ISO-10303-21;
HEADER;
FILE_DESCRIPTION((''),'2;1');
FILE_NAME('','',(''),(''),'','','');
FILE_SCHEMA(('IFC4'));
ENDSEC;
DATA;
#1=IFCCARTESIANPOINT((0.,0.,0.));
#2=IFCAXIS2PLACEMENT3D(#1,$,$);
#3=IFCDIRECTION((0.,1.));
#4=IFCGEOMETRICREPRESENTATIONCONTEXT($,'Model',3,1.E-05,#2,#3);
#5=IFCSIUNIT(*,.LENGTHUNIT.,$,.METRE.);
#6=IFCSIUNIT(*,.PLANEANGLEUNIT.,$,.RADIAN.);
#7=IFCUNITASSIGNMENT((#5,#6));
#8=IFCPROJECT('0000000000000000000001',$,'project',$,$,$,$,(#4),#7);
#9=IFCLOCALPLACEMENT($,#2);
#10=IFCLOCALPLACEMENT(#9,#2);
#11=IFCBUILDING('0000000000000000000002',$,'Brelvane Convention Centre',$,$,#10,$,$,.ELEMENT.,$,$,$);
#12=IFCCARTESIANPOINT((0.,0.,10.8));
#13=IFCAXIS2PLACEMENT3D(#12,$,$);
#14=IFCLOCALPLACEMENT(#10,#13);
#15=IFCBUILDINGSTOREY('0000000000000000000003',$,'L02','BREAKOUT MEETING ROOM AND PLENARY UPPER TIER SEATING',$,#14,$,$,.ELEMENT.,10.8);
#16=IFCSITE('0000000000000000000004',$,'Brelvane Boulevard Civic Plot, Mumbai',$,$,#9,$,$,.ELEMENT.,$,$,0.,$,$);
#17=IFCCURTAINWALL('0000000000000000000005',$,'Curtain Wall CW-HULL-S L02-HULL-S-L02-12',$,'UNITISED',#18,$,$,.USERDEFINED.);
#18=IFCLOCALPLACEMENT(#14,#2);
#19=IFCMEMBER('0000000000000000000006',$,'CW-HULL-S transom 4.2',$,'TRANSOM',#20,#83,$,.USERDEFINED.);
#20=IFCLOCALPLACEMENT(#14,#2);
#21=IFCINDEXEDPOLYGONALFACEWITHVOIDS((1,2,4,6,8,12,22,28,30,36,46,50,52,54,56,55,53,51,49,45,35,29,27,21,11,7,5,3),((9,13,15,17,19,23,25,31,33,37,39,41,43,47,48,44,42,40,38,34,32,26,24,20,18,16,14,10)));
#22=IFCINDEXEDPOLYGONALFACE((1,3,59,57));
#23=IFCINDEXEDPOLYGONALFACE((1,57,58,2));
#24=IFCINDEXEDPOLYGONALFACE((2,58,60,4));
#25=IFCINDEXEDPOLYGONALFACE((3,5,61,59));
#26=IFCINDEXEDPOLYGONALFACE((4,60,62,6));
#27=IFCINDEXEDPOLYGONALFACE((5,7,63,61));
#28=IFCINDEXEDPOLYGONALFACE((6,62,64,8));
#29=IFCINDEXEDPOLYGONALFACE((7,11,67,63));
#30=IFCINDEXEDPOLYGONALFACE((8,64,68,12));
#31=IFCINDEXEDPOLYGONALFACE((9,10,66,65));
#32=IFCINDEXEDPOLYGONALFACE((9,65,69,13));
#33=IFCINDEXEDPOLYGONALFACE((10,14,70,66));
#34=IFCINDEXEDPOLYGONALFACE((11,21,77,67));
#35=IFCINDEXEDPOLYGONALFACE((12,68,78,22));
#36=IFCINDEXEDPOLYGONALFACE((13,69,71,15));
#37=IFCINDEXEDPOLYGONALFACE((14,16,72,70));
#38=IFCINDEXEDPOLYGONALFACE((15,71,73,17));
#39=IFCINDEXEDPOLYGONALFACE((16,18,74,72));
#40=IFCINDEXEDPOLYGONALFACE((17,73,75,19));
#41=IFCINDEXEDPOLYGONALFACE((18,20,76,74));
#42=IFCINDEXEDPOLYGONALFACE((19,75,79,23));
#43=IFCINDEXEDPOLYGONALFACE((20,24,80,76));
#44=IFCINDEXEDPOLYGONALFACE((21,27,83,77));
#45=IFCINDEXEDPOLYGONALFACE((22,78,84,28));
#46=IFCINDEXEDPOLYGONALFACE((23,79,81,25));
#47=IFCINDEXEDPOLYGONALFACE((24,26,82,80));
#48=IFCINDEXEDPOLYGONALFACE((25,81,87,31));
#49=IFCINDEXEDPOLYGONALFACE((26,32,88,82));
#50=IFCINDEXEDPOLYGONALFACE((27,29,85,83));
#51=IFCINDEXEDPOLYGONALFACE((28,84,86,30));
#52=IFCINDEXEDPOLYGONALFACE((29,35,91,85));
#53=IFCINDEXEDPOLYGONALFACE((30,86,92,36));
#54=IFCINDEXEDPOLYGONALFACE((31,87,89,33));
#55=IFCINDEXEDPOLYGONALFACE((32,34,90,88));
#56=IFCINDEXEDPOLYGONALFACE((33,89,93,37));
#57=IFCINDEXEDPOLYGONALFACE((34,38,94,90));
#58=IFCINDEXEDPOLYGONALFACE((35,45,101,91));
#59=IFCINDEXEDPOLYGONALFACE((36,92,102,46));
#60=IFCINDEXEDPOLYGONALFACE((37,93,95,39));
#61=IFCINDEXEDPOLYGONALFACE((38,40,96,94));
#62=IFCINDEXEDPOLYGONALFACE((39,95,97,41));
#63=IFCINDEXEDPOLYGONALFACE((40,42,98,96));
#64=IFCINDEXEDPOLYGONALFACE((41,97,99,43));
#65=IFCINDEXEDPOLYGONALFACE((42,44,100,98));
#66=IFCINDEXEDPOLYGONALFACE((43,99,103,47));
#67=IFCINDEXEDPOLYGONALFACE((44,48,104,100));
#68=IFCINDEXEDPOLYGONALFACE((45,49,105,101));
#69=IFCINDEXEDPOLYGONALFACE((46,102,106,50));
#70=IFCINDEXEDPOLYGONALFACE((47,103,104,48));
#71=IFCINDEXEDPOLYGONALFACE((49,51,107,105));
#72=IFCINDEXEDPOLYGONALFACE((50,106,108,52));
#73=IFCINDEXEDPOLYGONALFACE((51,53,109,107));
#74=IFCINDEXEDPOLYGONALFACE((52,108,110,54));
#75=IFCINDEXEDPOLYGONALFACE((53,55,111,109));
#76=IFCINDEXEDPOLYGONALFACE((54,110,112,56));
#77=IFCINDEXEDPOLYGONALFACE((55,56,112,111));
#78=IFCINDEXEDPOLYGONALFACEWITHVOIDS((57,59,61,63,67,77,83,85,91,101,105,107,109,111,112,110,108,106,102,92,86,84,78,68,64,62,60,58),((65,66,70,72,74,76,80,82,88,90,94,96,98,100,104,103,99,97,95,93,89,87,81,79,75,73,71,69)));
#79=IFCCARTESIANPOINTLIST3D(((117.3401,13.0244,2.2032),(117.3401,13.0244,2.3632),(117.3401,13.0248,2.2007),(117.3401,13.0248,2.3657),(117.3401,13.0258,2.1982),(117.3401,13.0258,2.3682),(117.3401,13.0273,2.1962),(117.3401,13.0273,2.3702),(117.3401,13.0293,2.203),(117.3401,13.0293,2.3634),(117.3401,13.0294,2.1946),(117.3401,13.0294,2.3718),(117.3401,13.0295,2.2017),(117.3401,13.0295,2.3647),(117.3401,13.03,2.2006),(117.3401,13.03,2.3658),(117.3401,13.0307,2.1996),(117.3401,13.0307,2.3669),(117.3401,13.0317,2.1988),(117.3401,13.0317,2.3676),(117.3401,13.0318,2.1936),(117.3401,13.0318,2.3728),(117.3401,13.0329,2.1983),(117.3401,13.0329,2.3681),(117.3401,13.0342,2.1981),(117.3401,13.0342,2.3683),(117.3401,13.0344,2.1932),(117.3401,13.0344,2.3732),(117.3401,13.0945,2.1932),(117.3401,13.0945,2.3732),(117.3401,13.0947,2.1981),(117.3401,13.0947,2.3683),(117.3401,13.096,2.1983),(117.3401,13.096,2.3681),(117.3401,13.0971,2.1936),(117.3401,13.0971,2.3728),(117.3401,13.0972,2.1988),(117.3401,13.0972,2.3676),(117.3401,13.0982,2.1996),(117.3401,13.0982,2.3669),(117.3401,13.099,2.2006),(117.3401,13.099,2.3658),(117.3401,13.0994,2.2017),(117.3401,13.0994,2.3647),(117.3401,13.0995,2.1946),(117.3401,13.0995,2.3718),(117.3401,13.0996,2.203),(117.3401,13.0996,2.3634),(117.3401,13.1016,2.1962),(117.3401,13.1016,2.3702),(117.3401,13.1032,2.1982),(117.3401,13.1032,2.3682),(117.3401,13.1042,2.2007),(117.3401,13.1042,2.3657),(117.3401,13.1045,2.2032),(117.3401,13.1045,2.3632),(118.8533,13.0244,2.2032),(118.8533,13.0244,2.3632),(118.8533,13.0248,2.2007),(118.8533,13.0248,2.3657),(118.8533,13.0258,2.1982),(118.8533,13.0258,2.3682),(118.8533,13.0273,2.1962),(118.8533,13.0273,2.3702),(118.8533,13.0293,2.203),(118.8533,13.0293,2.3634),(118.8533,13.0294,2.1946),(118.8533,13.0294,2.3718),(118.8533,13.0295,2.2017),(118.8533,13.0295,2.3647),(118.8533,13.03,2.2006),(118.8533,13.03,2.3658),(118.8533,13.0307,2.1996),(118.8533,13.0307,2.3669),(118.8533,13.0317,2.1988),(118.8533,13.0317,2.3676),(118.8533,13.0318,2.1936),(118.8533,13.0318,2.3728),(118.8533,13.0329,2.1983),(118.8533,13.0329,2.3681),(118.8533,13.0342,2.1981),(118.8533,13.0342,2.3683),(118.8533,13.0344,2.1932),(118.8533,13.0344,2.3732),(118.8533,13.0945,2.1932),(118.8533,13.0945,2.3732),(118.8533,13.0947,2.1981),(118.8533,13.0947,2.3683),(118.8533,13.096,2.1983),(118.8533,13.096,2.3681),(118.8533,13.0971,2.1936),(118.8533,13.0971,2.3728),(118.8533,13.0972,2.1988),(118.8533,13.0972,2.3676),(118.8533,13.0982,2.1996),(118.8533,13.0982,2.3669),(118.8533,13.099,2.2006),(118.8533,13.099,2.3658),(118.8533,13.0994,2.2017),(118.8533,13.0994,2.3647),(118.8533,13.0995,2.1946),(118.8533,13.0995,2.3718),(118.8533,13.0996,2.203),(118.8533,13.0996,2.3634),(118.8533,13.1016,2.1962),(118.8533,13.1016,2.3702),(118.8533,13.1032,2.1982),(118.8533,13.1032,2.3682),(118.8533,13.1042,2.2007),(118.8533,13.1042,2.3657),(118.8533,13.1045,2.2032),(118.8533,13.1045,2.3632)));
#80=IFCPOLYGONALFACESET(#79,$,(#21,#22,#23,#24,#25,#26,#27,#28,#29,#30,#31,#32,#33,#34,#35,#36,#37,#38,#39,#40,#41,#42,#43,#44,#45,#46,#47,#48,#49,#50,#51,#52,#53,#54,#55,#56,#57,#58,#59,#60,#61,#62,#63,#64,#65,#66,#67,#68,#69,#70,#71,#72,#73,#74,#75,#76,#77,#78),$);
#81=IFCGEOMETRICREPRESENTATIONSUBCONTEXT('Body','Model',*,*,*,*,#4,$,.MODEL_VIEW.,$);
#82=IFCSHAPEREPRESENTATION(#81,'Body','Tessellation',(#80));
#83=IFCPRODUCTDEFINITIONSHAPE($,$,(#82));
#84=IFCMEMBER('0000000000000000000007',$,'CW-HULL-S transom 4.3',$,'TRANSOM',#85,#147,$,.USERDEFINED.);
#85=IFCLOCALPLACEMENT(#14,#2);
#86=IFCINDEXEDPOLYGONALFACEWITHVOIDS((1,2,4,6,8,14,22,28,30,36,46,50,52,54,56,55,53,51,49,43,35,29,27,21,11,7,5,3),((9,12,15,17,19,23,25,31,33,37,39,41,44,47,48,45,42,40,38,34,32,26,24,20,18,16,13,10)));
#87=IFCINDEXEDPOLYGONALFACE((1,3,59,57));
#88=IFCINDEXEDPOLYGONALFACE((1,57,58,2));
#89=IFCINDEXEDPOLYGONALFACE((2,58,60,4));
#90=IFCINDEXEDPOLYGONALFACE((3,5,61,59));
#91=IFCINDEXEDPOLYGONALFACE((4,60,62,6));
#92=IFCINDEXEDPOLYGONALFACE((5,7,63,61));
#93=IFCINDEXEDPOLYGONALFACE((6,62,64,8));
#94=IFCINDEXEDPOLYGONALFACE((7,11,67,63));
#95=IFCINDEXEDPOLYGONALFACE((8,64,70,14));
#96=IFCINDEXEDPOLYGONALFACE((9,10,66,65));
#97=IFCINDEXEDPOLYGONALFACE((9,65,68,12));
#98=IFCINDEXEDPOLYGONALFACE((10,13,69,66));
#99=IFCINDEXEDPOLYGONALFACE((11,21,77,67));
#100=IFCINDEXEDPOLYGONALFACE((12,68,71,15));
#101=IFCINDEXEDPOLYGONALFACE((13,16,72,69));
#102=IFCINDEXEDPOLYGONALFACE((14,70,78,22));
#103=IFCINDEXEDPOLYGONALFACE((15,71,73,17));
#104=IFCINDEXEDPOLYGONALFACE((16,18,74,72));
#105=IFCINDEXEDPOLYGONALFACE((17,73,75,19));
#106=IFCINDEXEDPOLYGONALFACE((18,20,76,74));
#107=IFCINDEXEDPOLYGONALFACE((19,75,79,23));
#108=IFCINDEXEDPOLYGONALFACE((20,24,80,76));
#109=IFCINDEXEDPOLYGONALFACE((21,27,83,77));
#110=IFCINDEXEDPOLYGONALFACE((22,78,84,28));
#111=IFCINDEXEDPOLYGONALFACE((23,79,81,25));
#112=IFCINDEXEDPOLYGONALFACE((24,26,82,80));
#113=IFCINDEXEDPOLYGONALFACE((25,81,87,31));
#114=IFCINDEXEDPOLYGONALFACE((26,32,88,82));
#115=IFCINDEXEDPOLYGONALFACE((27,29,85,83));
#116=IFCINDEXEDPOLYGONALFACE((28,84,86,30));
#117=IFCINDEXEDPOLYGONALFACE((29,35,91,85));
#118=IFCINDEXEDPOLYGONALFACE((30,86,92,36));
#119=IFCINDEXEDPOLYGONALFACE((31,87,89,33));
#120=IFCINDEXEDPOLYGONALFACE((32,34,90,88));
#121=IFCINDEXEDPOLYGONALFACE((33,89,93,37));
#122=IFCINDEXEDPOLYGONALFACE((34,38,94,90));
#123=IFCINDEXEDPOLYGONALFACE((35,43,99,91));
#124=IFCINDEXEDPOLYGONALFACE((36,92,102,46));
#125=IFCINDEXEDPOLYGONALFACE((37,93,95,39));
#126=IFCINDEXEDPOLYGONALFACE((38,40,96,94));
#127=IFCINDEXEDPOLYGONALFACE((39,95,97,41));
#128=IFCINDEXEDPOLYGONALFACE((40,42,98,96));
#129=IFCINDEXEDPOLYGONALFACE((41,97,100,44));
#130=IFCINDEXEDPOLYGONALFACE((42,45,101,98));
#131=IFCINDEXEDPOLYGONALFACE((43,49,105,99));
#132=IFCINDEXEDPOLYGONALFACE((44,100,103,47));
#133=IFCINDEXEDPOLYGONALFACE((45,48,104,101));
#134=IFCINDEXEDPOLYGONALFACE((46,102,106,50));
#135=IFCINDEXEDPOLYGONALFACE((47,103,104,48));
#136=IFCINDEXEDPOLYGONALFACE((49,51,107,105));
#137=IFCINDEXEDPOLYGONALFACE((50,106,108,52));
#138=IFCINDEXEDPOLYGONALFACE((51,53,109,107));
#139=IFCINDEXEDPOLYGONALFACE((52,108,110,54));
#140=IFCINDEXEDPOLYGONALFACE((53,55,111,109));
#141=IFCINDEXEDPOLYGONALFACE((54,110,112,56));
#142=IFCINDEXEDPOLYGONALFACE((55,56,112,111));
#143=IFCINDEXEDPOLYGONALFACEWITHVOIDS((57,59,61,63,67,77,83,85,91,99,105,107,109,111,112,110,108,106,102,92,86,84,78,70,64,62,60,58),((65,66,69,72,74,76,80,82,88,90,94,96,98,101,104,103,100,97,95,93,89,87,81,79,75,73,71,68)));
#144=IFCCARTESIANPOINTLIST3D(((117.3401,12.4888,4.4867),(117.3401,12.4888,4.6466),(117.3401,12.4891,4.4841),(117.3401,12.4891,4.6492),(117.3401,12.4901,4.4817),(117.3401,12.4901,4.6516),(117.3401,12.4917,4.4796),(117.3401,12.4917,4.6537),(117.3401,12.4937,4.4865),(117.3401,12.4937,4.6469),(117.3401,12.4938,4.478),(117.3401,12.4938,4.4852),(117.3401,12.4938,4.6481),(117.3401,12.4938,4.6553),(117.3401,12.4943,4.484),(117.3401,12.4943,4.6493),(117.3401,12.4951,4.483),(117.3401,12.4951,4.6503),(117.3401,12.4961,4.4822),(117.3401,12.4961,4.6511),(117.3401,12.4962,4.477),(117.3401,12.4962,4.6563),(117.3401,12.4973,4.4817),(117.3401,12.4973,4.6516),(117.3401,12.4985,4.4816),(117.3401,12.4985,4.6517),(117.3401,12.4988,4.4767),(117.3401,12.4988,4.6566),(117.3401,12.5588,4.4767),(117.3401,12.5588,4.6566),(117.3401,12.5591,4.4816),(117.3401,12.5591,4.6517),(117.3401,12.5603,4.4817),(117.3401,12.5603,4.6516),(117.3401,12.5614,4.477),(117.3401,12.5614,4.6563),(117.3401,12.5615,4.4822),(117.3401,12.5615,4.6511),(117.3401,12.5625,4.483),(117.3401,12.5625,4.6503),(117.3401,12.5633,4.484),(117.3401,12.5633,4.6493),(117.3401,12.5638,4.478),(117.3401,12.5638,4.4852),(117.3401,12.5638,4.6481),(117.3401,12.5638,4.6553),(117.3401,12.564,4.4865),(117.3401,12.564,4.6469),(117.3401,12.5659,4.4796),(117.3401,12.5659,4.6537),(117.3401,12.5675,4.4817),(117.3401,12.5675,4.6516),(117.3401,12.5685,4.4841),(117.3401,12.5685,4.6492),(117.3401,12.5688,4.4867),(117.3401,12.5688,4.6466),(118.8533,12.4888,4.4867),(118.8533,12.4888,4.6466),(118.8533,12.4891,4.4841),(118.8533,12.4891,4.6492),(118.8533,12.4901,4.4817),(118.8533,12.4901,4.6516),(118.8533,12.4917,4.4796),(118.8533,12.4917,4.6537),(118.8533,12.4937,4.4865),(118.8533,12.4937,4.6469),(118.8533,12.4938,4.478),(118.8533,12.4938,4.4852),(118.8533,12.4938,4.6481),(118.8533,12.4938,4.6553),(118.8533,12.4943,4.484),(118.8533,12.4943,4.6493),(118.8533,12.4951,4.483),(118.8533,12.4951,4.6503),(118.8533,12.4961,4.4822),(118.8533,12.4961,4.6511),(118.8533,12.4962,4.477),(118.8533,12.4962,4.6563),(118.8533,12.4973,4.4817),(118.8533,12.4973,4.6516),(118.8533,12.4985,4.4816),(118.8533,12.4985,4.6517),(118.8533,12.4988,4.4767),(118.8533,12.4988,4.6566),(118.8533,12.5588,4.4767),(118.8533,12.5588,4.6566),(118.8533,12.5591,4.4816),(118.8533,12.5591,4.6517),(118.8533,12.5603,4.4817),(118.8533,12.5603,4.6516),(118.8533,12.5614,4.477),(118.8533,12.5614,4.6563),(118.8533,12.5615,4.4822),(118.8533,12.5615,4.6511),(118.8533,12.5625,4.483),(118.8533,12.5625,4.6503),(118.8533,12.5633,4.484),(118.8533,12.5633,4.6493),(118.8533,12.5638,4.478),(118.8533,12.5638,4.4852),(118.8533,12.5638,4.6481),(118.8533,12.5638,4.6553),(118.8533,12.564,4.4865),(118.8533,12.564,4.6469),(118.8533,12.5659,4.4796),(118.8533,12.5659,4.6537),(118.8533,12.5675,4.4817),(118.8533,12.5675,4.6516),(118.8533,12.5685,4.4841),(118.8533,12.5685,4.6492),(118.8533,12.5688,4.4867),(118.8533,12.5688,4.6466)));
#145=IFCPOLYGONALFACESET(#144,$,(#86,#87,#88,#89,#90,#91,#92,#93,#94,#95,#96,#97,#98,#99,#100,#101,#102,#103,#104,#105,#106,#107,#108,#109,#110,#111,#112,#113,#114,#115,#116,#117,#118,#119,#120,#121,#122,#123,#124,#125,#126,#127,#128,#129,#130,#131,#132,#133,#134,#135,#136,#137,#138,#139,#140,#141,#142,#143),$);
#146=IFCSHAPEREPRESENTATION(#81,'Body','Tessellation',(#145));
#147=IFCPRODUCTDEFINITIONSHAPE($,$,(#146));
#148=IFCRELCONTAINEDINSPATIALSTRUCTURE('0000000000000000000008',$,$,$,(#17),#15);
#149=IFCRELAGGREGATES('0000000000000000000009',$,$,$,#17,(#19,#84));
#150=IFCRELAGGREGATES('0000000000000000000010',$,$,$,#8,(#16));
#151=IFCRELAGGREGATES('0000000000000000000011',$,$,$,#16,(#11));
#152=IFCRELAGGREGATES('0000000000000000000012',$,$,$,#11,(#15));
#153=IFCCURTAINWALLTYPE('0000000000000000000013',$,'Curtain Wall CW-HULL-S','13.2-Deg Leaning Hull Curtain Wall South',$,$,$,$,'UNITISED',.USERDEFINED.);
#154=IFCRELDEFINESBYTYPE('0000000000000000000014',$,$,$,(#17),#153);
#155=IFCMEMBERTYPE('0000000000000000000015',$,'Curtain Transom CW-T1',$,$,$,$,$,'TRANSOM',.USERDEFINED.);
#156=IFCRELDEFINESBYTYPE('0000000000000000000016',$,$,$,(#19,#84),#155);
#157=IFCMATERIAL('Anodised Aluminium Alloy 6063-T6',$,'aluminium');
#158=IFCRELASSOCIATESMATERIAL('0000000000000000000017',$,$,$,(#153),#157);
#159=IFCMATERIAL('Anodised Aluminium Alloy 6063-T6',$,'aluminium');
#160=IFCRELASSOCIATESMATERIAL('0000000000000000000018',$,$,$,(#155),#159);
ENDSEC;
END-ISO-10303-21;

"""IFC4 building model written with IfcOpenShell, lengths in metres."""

from ifc_helpers import new_model, si_unit, direction, frame, origin, origin_2d, place, context, subcontext, project, spatial, hollow_rectangle, extrude, material, material_profile, profile_set, type_object, element, aggregate, save


model = new_model("IFC4")

# Units and contexts
model_context = context("Model", 3, precision=1e-05, world=origin(), true_north=direction((0.0, 1.0)))
body_context = subcontext(model_context, "Body", "Model", "MODEL_VIEW")
ifc_project = project(units=[si_unit("LENGTHUNIT", "METRE"), si_unit("PLANEANGLEUNIT", "RADIAN")], contexts=[model_context])

# Site, building, storey
site_placement = place(None, origin())
site = spatial("IfcSite", under=ifc_project, at=site_placement, Name="Brelvane Boulevard Civic Plot, Mumbai", CompositionType="ELEMENT", RefElevation=0.0)
building_placement = place(site_placement, origin())
building = spatial("IfcBuilding", under=site, at=building_placement, Name="Brelvane Convention Centre", CompositionType="ELEMENT")
storey_placement = place(building_placement, frame((0.0, 0.0, 10.8)))
storey = spatial("IfcBuildingStorey", under=building, at=storey_placement, Name="L02", Description="BREAKOUT MEETING ROOM AND PLENARY UPPER TIER SEATING", CompositionType="ELEMENT", Elevation=10.8)

# Curtain wall, members
ifc_material_1 = material(Name="Anodised Aluminium Alloy 6063-T6", Category="aluminium")
curtain_wall_type = type_object("IfcCurtainWallType", Name="Curtain Wall CW-HULL-S", Description="13.2-Deg Leaning Hull Curtain Wall South", ElementType="UNITISED", PredefinedType="USERDEFINED", material=ifc_material_1)
curtain_wall_1_placement = place(storey_placement, origin())
curtain_wall_1 = element("IfcCurtainWall", 1, at=curtain_wall_1_placement, inside=storey, type_object=curtain_wall_type, Name="Curtain Wall CW-HULL-S L02-HULL-S-L02-12", ObjectType="UNITISED", PredefinedType="USERDEFINED")
ifc_material_2 = material(Name="Anodised Aluminium Alloy 6063-T6", Category="aluminium")
ifc_material_profile = material_profile(ifc_material_2, hollow_rectangle(XDim=0.0801, YDim=0.1799, WallThickness=0.0049, InnerFilletRadius=0.0049, OuterFilletRadius=0.01, at=origin_2d()), Name="ALU-T 180x80x5.0")
ifc_profile_set = profile_set([ifc_material_profile], Name="Anodised Aluminium Alloy 6063-T6")
member_type = type_object("IfcMemberType", Name="Curtain Transom CW-T1", ElementType="TRANSOM", PredefinedType="USERDEFINED", material=ifc_profile_set)
member_1_placement = place(storey_placement, frame((117.3401, 13.0645, 2.2832), z_axis=(1.0, 0.0, 0.0), x_axis=(0.0, 1.0, 0.0)))
member_1 = element("IfcMember", 2, at=member_1_placement, type_object=member_type, Name="CW-HULL-S transom 4.2", ObjectType="TRANSOM", PredefinedType="USERDEFINED", context=body_context, shape_type="SweptSolid", body=[
    extrude(hollow_rectangle(XDim=0.0801, YDim=0.1799, WallThickness=0.0049, InnerFilletRadius=0.0049, OuterFilletRadius=0.01, at=origin_2d()), origin(), (0.0, 0.0, 1.0), 1.5132),
])
member_2_placement = place(storey_placement, frame((117.3401, 12.5288, 4.5667), z_axis=(1.0, 0.0, 0.0), x_axis=(0.0, 1.0, 0.0)))
member_2 = element("IfcMember", 3, at=member_2_placement, type_object=member_type, Name="CW-HULL-S transom 4.3", ObjectType="TRANSOM", PredefinedType="USERDEFINED", context=body_context, shape_type="SweptSolid", body=[
    extrude(hollow_rectangle(XDim=0.0801, YDim=0.1799, WallThickness=0.0049, InnerFilletRadius=0.0049, OuterFilletRadius=0.01, at=origin_2d()), origin(), (0.0, 0.0, 1.0), 1.5132),
])

aggregate(curtain_wall_1, [member_1, member_2])

save(model, "model.ifc")
